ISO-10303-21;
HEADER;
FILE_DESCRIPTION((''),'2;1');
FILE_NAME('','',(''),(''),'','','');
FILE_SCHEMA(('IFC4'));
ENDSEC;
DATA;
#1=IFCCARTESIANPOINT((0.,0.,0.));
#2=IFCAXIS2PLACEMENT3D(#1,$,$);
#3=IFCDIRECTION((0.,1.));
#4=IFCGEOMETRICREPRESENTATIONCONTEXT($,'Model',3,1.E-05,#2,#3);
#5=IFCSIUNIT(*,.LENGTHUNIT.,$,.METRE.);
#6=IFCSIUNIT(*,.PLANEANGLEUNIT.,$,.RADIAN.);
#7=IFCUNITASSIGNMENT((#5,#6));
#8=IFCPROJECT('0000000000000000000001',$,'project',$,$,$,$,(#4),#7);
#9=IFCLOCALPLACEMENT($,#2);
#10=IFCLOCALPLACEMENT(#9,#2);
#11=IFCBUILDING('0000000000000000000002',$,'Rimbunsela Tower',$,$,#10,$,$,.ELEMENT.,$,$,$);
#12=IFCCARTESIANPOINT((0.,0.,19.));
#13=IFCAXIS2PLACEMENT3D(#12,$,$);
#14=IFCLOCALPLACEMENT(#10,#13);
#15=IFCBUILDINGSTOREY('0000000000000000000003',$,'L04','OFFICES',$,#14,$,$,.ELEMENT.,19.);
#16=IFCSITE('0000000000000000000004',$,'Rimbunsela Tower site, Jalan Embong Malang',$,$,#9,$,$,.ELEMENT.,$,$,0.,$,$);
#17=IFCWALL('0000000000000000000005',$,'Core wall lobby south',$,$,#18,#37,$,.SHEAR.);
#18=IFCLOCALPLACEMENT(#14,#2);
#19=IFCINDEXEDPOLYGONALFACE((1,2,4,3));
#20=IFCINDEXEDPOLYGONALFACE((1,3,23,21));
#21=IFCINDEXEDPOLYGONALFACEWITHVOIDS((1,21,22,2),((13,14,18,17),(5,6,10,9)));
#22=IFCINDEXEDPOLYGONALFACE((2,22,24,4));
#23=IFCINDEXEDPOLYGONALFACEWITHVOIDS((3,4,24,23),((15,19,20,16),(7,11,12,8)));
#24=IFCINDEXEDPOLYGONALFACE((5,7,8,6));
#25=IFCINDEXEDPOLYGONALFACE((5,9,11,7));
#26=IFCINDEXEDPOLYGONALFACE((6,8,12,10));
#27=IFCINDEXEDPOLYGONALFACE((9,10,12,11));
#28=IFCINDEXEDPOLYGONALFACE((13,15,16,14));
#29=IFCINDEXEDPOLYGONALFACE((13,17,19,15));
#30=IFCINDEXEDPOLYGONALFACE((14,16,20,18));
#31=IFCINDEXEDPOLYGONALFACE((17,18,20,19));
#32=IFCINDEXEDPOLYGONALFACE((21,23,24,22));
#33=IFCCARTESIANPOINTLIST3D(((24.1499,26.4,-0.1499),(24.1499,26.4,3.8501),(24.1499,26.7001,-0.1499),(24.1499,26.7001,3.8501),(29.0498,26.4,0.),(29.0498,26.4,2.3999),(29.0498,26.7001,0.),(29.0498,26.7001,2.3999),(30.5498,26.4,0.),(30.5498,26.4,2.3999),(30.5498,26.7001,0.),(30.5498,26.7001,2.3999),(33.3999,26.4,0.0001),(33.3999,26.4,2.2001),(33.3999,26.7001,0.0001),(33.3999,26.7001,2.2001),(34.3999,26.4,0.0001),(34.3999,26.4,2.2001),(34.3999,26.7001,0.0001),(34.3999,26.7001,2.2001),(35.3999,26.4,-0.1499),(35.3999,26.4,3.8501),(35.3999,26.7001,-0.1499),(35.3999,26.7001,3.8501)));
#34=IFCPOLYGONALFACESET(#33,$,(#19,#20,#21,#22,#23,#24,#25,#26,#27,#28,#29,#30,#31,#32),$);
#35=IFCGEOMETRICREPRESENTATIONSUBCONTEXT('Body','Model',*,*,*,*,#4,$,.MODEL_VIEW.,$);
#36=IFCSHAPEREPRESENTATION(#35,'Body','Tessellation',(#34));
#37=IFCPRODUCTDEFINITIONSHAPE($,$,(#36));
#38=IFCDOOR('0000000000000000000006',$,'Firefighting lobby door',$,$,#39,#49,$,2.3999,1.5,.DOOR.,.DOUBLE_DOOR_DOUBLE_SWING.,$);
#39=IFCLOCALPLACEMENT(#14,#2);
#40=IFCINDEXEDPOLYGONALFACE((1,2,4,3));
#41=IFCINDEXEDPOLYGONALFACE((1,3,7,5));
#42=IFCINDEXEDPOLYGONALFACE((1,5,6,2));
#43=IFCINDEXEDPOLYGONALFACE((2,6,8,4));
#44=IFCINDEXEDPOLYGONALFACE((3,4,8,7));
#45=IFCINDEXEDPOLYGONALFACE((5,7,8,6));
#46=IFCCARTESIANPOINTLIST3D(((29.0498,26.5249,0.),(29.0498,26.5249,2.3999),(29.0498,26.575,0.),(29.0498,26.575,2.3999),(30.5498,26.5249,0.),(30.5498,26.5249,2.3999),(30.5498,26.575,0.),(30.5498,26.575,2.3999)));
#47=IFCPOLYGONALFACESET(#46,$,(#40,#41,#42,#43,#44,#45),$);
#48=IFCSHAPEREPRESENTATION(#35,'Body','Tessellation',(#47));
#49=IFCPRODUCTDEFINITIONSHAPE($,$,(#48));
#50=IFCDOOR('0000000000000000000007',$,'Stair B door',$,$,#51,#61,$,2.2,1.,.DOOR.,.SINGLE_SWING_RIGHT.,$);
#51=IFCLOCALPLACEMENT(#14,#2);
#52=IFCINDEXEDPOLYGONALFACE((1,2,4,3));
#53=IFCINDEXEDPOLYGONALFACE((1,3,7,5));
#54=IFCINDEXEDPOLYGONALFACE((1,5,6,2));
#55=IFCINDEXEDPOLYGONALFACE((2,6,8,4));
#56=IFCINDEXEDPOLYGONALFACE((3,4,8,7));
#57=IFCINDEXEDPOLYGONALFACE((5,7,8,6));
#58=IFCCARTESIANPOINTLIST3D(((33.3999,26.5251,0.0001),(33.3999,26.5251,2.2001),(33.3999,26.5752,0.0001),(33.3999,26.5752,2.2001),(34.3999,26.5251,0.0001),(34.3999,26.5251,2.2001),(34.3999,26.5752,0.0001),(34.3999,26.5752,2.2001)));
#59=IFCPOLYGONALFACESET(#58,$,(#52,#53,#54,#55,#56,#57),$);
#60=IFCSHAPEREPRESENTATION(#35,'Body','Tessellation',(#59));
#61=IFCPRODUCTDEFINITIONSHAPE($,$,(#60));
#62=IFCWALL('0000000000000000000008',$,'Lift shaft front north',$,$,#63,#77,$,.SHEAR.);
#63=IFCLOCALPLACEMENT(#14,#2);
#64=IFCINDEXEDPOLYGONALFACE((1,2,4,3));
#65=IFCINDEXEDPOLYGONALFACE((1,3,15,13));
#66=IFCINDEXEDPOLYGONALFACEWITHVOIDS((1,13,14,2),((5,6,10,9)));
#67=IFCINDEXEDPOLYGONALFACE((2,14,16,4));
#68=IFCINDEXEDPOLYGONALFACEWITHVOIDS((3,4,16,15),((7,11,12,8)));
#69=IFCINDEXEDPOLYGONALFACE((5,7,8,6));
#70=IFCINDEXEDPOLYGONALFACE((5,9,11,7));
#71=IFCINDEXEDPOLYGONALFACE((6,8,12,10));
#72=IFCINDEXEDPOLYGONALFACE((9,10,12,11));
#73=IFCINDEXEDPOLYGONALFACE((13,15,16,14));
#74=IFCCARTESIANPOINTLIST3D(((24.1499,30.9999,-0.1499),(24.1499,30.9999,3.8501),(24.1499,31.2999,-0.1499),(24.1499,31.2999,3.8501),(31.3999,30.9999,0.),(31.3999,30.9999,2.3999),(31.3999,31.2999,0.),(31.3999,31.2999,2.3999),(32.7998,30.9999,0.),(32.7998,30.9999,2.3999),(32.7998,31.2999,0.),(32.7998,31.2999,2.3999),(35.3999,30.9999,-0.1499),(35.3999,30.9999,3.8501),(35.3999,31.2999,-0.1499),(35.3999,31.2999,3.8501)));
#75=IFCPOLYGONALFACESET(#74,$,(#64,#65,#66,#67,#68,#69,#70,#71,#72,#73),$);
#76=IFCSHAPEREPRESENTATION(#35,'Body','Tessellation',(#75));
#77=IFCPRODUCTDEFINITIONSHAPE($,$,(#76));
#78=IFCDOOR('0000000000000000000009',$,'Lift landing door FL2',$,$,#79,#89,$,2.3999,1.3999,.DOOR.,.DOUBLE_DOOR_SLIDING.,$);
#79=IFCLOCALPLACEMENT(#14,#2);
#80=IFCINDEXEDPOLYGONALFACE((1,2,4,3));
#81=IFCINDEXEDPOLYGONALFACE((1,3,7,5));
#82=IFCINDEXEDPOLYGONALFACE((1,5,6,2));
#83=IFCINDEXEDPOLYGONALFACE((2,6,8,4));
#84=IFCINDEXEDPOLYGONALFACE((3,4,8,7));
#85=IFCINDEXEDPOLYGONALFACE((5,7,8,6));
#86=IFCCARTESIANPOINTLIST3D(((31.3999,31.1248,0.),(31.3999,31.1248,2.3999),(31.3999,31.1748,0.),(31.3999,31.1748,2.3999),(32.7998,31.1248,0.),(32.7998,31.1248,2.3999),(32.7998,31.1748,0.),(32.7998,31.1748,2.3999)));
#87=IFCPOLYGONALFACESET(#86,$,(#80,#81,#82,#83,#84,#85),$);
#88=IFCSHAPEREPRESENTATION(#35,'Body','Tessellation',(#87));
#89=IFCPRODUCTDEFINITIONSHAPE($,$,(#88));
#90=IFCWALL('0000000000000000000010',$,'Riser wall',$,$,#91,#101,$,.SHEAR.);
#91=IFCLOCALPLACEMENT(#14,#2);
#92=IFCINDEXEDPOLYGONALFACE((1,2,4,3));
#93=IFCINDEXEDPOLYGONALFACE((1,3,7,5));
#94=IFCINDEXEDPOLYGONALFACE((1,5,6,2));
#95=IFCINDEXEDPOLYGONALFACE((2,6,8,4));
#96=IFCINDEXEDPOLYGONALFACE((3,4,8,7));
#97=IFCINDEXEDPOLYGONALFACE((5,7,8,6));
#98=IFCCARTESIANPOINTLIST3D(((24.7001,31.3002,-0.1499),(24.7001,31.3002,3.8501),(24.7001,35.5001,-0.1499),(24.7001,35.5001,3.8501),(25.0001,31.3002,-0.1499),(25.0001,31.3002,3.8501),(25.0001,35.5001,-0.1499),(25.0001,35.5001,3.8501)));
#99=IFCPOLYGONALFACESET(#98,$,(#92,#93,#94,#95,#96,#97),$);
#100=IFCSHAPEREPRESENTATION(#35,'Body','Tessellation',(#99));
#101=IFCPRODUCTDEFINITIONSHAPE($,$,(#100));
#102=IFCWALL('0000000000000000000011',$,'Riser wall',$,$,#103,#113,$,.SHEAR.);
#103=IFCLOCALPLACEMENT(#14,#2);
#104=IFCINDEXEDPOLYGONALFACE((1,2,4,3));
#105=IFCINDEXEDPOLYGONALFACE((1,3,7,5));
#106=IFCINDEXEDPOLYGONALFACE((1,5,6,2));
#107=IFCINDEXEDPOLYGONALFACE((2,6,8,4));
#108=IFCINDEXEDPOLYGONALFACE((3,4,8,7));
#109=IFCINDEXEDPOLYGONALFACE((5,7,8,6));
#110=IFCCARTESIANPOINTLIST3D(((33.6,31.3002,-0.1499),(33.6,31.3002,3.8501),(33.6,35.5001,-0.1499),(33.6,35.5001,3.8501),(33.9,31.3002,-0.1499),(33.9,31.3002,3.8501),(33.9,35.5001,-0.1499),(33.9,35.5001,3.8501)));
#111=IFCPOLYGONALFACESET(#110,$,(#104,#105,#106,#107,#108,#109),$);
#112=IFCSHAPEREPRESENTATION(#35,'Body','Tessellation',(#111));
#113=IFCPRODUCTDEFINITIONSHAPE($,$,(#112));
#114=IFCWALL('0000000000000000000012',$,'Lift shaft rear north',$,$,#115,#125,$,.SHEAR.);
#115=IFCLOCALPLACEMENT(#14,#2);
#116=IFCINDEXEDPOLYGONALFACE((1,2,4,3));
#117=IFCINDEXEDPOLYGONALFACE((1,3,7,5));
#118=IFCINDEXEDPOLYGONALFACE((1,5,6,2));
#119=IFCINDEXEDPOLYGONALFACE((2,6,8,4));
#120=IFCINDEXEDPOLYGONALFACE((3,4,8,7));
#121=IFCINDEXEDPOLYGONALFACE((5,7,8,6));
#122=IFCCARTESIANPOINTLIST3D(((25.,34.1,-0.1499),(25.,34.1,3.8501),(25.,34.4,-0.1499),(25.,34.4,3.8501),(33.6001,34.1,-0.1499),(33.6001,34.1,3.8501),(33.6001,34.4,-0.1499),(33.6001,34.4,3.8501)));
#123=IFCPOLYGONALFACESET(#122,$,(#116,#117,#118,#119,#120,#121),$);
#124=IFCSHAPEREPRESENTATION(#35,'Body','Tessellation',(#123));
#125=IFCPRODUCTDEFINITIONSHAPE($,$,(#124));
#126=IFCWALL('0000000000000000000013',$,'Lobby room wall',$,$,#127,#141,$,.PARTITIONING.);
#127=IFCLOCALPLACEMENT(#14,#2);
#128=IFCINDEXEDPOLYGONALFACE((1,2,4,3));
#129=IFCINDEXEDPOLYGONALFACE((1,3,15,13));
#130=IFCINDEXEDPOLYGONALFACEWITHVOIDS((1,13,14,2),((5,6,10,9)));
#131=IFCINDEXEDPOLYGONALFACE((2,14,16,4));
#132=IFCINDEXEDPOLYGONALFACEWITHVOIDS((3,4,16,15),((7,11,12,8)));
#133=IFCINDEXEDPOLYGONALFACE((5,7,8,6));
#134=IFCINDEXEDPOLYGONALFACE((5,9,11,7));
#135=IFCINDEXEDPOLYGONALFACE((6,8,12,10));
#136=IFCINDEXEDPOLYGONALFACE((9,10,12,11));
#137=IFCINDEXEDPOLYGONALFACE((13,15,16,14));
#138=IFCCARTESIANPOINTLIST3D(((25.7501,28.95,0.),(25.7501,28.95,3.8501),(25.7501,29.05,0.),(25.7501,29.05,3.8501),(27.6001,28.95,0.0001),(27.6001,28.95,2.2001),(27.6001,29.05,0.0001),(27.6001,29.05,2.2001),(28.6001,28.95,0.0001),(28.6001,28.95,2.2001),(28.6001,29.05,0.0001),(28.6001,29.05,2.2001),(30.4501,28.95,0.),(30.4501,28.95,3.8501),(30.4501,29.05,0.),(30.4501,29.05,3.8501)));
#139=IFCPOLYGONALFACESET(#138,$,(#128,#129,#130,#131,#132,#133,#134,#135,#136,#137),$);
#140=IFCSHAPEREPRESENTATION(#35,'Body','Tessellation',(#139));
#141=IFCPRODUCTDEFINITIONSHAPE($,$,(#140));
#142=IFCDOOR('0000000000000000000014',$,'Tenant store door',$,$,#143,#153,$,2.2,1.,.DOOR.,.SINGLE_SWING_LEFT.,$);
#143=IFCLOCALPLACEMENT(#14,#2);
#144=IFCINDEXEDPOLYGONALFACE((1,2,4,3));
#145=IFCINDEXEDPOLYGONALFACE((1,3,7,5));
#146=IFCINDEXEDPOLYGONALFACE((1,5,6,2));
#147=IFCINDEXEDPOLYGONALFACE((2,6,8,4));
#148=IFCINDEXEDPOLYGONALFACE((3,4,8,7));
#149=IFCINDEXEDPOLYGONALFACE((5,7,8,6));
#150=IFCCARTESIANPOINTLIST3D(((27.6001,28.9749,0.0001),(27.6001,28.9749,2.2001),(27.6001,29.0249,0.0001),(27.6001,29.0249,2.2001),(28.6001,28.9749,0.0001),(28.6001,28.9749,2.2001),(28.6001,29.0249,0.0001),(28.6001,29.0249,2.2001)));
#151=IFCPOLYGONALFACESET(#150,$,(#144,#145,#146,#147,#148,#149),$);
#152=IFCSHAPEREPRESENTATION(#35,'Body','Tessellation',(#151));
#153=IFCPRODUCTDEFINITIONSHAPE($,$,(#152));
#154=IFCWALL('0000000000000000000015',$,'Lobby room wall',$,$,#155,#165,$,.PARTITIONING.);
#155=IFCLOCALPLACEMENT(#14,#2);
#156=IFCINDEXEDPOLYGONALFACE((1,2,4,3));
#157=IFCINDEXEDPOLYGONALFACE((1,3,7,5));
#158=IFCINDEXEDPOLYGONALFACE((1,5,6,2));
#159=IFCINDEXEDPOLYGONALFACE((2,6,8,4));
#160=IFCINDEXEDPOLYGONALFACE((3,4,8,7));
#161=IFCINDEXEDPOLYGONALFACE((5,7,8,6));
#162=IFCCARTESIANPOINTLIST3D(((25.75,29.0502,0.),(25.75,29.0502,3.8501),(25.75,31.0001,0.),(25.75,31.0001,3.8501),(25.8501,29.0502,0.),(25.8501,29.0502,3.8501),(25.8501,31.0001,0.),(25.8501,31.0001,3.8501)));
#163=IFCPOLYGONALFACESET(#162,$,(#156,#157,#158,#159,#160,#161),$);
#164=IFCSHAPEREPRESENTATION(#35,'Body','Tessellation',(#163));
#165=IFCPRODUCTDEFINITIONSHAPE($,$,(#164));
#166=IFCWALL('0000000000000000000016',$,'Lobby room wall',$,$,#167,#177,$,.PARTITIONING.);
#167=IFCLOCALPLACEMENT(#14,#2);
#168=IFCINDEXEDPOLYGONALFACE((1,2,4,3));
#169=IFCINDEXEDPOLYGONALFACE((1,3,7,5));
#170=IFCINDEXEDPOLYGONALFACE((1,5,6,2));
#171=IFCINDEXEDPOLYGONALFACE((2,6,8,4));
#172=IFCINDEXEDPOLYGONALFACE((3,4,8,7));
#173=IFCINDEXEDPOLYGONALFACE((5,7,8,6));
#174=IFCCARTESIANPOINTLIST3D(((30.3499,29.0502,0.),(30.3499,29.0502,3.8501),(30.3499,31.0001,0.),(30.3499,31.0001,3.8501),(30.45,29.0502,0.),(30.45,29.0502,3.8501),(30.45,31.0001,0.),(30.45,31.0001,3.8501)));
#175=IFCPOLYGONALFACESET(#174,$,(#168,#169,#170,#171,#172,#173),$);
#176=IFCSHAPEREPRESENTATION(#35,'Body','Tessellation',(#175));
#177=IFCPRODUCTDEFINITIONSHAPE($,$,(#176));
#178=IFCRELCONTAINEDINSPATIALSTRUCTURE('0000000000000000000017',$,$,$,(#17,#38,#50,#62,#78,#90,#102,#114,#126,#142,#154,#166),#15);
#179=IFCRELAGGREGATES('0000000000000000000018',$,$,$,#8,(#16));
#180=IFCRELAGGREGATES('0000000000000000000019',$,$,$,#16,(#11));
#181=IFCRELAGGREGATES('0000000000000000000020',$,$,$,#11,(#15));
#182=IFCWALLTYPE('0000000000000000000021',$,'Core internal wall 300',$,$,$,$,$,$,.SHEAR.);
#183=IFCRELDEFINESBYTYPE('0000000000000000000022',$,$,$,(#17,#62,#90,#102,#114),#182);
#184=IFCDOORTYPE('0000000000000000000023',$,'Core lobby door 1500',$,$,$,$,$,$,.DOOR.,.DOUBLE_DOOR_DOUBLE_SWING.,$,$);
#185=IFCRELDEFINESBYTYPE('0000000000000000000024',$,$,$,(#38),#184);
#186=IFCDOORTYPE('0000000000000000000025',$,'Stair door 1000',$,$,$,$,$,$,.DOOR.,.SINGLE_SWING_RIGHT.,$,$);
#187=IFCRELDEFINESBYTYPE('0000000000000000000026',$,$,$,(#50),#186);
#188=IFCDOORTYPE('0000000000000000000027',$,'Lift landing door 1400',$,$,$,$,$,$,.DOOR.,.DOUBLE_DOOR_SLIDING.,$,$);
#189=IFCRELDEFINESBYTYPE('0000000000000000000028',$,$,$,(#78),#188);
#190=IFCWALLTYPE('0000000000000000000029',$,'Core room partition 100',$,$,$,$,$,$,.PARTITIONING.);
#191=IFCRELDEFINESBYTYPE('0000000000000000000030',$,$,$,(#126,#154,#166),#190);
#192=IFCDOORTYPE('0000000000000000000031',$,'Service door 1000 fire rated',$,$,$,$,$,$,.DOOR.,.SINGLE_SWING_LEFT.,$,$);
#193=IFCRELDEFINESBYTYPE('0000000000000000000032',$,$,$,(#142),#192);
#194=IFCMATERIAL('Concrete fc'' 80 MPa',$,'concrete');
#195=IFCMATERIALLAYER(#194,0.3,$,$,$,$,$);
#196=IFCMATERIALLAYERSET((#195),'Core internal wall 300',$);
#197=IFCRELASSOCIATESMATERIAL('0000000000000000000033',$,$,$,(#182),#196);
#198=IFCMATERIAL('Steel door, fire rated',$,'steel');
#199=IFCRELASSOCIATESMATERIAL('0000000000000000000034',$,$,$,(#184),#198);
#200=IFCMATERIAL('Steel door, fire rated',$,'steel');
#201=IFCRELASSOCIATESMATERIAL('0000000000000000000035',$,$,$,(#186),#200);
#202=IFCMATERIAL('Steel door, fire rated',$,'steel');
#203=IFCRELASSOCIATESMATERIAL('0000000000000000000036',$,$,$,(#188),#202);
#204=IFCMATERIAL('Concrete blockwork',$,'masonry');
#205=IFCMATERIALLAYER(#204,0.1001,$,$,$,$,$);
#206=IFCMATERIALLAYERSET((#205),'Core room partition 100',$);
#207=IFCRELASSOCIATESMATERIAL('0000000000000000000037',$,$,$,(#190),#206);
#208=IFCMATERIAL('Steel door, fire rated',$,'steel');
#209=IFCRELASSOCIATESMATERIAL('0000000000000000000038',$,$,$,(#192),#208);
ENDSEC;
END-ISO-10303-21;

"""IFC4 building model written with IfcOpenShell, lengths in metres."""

from ifc_helpers import new_model, si_unit, direction, frame, frame_2d, origin, place, context, subcontext, project, spatial, rectangle, extrude, material, layer, layer_set, type_object, element, fill, save


model = new_model("IFC4")

# Units and contexts
model_context = context("Model", 3, precision=1e-05, world=origin(), true_north=direction((0.0, 1.0)))
body_context = subcontext(model_context, "Body", "Model", "MODEL_VIEW")
ifc_project = project(units=[si_unit("LENGTHUNIT", "METRE"), si_unit("PLANEANGLEUNIT", "RADIAN")], contexts=[model_context])

# Site, building, storey
site_placement = place(None, origin())
site = spatial("IfcSite", under=ifc_project, at=site_placement, Name="Rimbunsela Tower site, Jalan Embong Malang", CompositionType="ELEMENT", RefElevation=0.0)
building_placement = place(site_placement, origin())
building = spatial("IfcBuilding", under=site, at=building_placement, Name="Rimbunsela Tower", CompositionType="ELEMENT")
storey_placement = place(building_placement, frame((0.0, 0.0, 19.0)))
storey = spatial("IfcBuildingStorey", under=building, at=storey_placement, Name="L04", Description="OFFICES", CompositionType="ELEMENT", Elevation=19.0)

# Wall, openings, doors
ifc_material_1 = material(Name="Concrete fc' 80 MPa", Category="concrete")
ifc_layer_1 = layer(ifc_material_1, 0.3)
ifc_layer_set_1 = layer_set([ifc_layer_1], Name="Core internal wall 300")
wall_type_1 = type_object("IfcWallType", Name="Core internal wall 300", PredefinedType="SHEAR", material=ifc_layer_set_1)
wall_1_placement = place(storey_placement, frame((24.1499, 26.55, -0.1499), z_axis=(0.0, 0.0, 1.0), x_axis=(1.0, 0.0, 0.0)))
wall_1 = element("IfcWall", 1, at=wall_1_placement, inside=storey, type_object=wall_type_1, Name="Core wall lobby south", PredefinedType="SHEAR", context=body_context, shape_type="SweptSolid", body=[
    extrude(rectangle(XDim=11.25, YDim=0.3, at=frame_2d((5.625, 0.0))), origin(), (0.0, 0.0, 1.0), 4.0),
])
opening_1_placement = place(wall_1_placement, frame((9.25, 0.0, 0.1499)))
opening_1 = element("IfcOpeningElement", 2, at=opening_1_placement, cuts=wall_1, PredefinedType="OPENING", context=body_context, shape_type="SweptSolid", body=[
    extrude(rectangle(XDim=1.0, YDim=2.2, at=frame_2d((0.5, 1.1001))), frame((0.0, 0.1599, 0.0), z_axis=(0.0, -1.0, 0.0), x_axis=(1.0, 0.0, 0.0)), (0.0, 0.0, 1.0), 0.3201),
])
opening_2_placement = place(wall_1_placement, frame((4.8999, 0.0, 0.1499)))
opening_2 = element("IfcOpeningElement", 3, at=opening_2_placement, cuts=wall_1, PredefinedType="OPENING", context=body_context, shape_type="SweptSolid", body=[
    extrude(rectangle(XDim=1.5, YDim=2.3999, at=frame_2d((0.75, 1.2))), frame((0.0, 0.1599, 0.0), z_axis=(0.0, -1.0, 0.0), x_axis=(1.0, 0.0, 0.0)), (0.0, 0.0, 1.0), 0.3201),
])
ifc_material_2 = material(Name="Steel door, fire rated", Category="steel")
door_type_1 = type_object("IfcDoorType", Name="Core lobby door 1500", OperationType="DOUBLE_DOOR_DOUBLE_SWING", PredefinedType="DOOR", material=ifc_material_2)
door_1_placement = place(opening_2_placement, origin())
door_1 = element("IfcDoor", 4, at=door_1_placement, inside=storey, type_object=door_type_1, Name="Firefighting lobby door", OperationType="DOUBLE_DOOR_DOUBLE_SWING", OverallHeight=2.3999, OverallWidth=1.5, PredefinedType="DOOR", context=body_context, shape_type="SweptSolid", body=[
    extrude(rectangle(XDim=1.5, YDim=2.3999, at=frame_2d((0.75, 1.2))), frame((0.0, 0.0249, 0.0), z_axis=(0.0, -1.0, 0.0), x_axis=(1.0, 0.0, 0.0)), (0.0, 0.0, 1.0), 0.05),
])
fill(opening_2, door_1)
ifc_material_3 = material(Name="Steel door, fire rated", Category="steel")
door_type_2 = type_object("IfcDoorType", Name="Stair door 1000", OperationType="SINGLE_SWING_RIGHT", PredefinedType="DOOR", material=ifc_material_3)
door_2_placement = place(opening_1_placement, frame((1.0, 0.0, 0.0), z_axis=(0.0, 0.0, 1.0), x_axis=(-1.0, 0.0, 0.0)))
door_2 = element("IfcDoor", 5, at=door_2_placement, inside=storey, type_object=door_type_2, Name="Stair B door", OperationType="SINGLE_SWING_RIGHT", OverallHeight=2.2, OverallWidth=1.0, PredefinedType="DOOR", context=body_context, shape_type="SweptSolid", body=[
    extrude(rectangle(XDim=1.0, YDim=2.2, at=frame_2d((0.5, 1.1001))), frame((0.0, 0.0249, 0.0), z_axis=(0.0, -1.0, 0.0), x_axis=(1.0, 0.0, 0.0)), (0.0, 0.0, 1.0), 0.05),
])
fill(opening_1, door_2)

# Wall, opening, door
wall_2_placement = place(storey_placement, frame((24.1499, 31.1499, -0.1499), z_axis=(0.0, 0.0, 1.0), x_axis=(1.0, 0.0, 0.0)))
wall_2 = element("IfcWall", 6, at=wall_2_placement, inside=storey, type_object=wall_type_1, Name="Lift shaft front north", PredefinedType="SHEAR", context=body_context, shape_type="SweptSolid", body=[
    extrude(rectangle(XDim=11.25, YDim=0.3, at=frame_2d((5.625, 0.0))), origin(), (0.0, 0.0, 1.0), 4.0),
])
opening_3_placement = place(wall_2_placement, frame((7.25, 0.0, 0.1499)))
opening_3 = element("IfcOpeningElement", 7, at=opening_3_placement, cuts=wall_2, PredefinedType="OPENING", context=body_context, shape_type="SweptSolid", body=[
    extrude(rectangle(XDim=1.3999, YDim=2.3999, at=frame_2d((0.7, 1.2))), frame((0.0, 0.1599, 0.0), z_axis=(0.0, -1.0, 0.0), x_axis=(1.0, 0.0, 0.0)), (0.0, 0.0, 1.0), 0.3201),
])
ifc_material_4 = material(Name="Steel door, fire rated", Category="steel")
door_type_3 = type_object("IfcDoorType", Name="Lift landing door 1400", OperationType="DOUBLE_DOOR_SLIDING", PredefinedType="DOOR", material=ifc_material_4)
door_3_placement = place(opening_3_placement, origin())
door_3 = element("IfcDoor", 8, at=door_3_placement, inside=storey, type_object=door_type_3, Name="Lift landing door FL2", OperationType="DOUBLE_DOOR_SLIDING", OverallHeight=2.3999, OverallWidth=1.3999, PredefinedType="DOOR", context=body_context, shape_type="SweptSolid", body=[
    extrude(rectangle(XDim=1.3999, YDim=2.3999, at=frame_2d((0.7, 1.2))), frame((0.0, 0.0249, 0.0), z_axis=(0.0, -1.0, 0.0), x_axis=(1.0, 0.0, 0.0)), (0.0, 0.0, 1.0), 0.05),
])
fill(opening_3, door_3)

# Walls
for number, where, z_axis, x_axis, name in (
    (9, (24.8501, 31.3, -0.1499), (0.0, 0.0, 1.0), (0.0, 1.0, 0.0), "Riser wall"),
    (10, (33.75, 31.3, -0.1499), (0.0, 0.0, 1.0), (0.0, 1.0, 0.0), "Riser wall"),
):
    element("IfcWall", number, at=place(storey_placement, frame(where, z_axis=z_axis, x_axis=x_axis)), inside=storey, type_object=wall_type_1, Name=name, PredefinedType="SHEAR", context=body_context, shape_type="SweptSolid", body=[
        extrude(rectangle(XDim=4.2, YDim=0.3, at=frame_2d((2.1001, 0.0))), origin(), (0.0, 0.0, 1.0), 4.0),
    ])
wall_3_placement = place(storey_placement, frame((25.0, 34.25, -0.1499), z_axis=(0.0, 0.0, 1.0), x_axis=(1.0, 0.0, 0.0)))
element("IfcWall", 11, at=wall_3_placement, inside=storey, type_object=wall_type_1, Name="Lift shaft rear north", PredefinedType="SHEAR", context=body_context, shape_type="SweptSolid", body=[
    extrude(rectangle(XDim=8.6001, YDim=0.3, at=frame_2d((4.3, 0.0))), origin(), (0.0, 0.0, 1.0), 4.0),
])

# Wall, opening, door
ifc_material_5 = material(Name="Concrete blockwork", Category="masonry")
ifc_layer_2 = layer(ifc_material_5, 0.1001)
ifc_layer_set_2 = layer_set([ifc_layer_2], Name="Core room partition 100")
wall_type_2 = type_object("IfcWallType", Name="Core room partition 100", PredefinedType="PARTITIONING", material=ifc_layer_set_2)
wall_4_placement = place(storey_placement, frame((25.75, 29.0, 0.0), z_axis=(0.0, 0.0, 1.0), x_axis=(1.0, 0.0, 0.0)))
wall_4 = element("IfcWall", 12, at=wall_4_placement, inside=storey, type_object=wall_type_2, Name="Lobby room wall", PredefinedType="PARTITIONING", context=body_context, shape_type="SweptSolid", body=[
    extrude(rectangle(XDim=4.7, YDim=0.1001, at=frame_2d((2.3501, 0.0))), origin(), (0.0, 0.0, 1.0), 3.8501),
])
opening_4_placement = place(wall_4_placement, frame((1.8501, 0.0, 0.0)))
opening_4 = element("IfcOpeningElement", 13, at=opening_4_placement, cuts=wall_4, PredefinedType="OPENING", context=body_context, shape_type="SweptSolid", body=[
    extrude(rectangle(XDim=1.0, YDim=2.2, at=frame_2d((0.5, 1.1001))), frame((0.0, 0.0601, 0.0), z_axis=(0.0, -1.0, 0.0), x_axis=(1.0, 0.0, 0.0)), (0.0, 0.0, 1.0), 0.1201),
])
ifc_material_6 = material(Name="Steel door, fire rated", Category="steel")
door_type_4 = type_object("IfcDoorType", Name="Service door 1000 fire rated", OperationType="SINGLE_SWING_LEFT", PredefinedType="DOOR", material=ifc_material_6)
door_4_placement = place(opening_4_placement, origin())
door_4 = element("IfcDoor", 14, at=door_4_placement, inside=storey, type_object=door_type_4, Name="Tenant store door", OperationType="SINGLE_SWING_LEFT", OverallHeight=2.2, OverallWidth=1.0, PredefinedType="DOOR", context=body_context, shape_type="SweptSolid", body=[
    extrude(rectangle(XDim=1.0, YDim=2.2, at=frame_2d((0.5, 1.1001))), frame((0.0, 0.0249, 0.0), z_axis=(0.0, -1.0, 0.0), x_axis=(1.0, 0.0, 0.0)), (0.0, 0.0, 1.0), 0.05),
])
fill(opening_4, door_4)

# Walls
for number, where, z_axis, x_axis, name in (
    (15, (25.8, 29.05, 0.0), (0.0, 0.0, 1.0), (0.0, 1.0, 0.0), "Lobby room wall"),
    (16, (30.3999, 29.05, 0.0), (0.0, 0.0, 1.0), (0.0, 1.0, 0.0), "Lobby room wall"),
):
    element("IfcWall", number, at=place(storey_placement, frame(where, z_axis=z_axis, x_axis=x_axis)), inside=storey, type_object=wall_type_2, Name=name, PredefinedType="PARTITIONING", context=body_context, shape_type="SweptSolid", body=[
        extrude(rectangle(XDim=1.95, YDim=0.1001, at=frame_2d((0.9751, 0.0))), origin(), (0.0, 0.0, 1.0), 3.8501),
    ])

save(model, "model.ifc")
